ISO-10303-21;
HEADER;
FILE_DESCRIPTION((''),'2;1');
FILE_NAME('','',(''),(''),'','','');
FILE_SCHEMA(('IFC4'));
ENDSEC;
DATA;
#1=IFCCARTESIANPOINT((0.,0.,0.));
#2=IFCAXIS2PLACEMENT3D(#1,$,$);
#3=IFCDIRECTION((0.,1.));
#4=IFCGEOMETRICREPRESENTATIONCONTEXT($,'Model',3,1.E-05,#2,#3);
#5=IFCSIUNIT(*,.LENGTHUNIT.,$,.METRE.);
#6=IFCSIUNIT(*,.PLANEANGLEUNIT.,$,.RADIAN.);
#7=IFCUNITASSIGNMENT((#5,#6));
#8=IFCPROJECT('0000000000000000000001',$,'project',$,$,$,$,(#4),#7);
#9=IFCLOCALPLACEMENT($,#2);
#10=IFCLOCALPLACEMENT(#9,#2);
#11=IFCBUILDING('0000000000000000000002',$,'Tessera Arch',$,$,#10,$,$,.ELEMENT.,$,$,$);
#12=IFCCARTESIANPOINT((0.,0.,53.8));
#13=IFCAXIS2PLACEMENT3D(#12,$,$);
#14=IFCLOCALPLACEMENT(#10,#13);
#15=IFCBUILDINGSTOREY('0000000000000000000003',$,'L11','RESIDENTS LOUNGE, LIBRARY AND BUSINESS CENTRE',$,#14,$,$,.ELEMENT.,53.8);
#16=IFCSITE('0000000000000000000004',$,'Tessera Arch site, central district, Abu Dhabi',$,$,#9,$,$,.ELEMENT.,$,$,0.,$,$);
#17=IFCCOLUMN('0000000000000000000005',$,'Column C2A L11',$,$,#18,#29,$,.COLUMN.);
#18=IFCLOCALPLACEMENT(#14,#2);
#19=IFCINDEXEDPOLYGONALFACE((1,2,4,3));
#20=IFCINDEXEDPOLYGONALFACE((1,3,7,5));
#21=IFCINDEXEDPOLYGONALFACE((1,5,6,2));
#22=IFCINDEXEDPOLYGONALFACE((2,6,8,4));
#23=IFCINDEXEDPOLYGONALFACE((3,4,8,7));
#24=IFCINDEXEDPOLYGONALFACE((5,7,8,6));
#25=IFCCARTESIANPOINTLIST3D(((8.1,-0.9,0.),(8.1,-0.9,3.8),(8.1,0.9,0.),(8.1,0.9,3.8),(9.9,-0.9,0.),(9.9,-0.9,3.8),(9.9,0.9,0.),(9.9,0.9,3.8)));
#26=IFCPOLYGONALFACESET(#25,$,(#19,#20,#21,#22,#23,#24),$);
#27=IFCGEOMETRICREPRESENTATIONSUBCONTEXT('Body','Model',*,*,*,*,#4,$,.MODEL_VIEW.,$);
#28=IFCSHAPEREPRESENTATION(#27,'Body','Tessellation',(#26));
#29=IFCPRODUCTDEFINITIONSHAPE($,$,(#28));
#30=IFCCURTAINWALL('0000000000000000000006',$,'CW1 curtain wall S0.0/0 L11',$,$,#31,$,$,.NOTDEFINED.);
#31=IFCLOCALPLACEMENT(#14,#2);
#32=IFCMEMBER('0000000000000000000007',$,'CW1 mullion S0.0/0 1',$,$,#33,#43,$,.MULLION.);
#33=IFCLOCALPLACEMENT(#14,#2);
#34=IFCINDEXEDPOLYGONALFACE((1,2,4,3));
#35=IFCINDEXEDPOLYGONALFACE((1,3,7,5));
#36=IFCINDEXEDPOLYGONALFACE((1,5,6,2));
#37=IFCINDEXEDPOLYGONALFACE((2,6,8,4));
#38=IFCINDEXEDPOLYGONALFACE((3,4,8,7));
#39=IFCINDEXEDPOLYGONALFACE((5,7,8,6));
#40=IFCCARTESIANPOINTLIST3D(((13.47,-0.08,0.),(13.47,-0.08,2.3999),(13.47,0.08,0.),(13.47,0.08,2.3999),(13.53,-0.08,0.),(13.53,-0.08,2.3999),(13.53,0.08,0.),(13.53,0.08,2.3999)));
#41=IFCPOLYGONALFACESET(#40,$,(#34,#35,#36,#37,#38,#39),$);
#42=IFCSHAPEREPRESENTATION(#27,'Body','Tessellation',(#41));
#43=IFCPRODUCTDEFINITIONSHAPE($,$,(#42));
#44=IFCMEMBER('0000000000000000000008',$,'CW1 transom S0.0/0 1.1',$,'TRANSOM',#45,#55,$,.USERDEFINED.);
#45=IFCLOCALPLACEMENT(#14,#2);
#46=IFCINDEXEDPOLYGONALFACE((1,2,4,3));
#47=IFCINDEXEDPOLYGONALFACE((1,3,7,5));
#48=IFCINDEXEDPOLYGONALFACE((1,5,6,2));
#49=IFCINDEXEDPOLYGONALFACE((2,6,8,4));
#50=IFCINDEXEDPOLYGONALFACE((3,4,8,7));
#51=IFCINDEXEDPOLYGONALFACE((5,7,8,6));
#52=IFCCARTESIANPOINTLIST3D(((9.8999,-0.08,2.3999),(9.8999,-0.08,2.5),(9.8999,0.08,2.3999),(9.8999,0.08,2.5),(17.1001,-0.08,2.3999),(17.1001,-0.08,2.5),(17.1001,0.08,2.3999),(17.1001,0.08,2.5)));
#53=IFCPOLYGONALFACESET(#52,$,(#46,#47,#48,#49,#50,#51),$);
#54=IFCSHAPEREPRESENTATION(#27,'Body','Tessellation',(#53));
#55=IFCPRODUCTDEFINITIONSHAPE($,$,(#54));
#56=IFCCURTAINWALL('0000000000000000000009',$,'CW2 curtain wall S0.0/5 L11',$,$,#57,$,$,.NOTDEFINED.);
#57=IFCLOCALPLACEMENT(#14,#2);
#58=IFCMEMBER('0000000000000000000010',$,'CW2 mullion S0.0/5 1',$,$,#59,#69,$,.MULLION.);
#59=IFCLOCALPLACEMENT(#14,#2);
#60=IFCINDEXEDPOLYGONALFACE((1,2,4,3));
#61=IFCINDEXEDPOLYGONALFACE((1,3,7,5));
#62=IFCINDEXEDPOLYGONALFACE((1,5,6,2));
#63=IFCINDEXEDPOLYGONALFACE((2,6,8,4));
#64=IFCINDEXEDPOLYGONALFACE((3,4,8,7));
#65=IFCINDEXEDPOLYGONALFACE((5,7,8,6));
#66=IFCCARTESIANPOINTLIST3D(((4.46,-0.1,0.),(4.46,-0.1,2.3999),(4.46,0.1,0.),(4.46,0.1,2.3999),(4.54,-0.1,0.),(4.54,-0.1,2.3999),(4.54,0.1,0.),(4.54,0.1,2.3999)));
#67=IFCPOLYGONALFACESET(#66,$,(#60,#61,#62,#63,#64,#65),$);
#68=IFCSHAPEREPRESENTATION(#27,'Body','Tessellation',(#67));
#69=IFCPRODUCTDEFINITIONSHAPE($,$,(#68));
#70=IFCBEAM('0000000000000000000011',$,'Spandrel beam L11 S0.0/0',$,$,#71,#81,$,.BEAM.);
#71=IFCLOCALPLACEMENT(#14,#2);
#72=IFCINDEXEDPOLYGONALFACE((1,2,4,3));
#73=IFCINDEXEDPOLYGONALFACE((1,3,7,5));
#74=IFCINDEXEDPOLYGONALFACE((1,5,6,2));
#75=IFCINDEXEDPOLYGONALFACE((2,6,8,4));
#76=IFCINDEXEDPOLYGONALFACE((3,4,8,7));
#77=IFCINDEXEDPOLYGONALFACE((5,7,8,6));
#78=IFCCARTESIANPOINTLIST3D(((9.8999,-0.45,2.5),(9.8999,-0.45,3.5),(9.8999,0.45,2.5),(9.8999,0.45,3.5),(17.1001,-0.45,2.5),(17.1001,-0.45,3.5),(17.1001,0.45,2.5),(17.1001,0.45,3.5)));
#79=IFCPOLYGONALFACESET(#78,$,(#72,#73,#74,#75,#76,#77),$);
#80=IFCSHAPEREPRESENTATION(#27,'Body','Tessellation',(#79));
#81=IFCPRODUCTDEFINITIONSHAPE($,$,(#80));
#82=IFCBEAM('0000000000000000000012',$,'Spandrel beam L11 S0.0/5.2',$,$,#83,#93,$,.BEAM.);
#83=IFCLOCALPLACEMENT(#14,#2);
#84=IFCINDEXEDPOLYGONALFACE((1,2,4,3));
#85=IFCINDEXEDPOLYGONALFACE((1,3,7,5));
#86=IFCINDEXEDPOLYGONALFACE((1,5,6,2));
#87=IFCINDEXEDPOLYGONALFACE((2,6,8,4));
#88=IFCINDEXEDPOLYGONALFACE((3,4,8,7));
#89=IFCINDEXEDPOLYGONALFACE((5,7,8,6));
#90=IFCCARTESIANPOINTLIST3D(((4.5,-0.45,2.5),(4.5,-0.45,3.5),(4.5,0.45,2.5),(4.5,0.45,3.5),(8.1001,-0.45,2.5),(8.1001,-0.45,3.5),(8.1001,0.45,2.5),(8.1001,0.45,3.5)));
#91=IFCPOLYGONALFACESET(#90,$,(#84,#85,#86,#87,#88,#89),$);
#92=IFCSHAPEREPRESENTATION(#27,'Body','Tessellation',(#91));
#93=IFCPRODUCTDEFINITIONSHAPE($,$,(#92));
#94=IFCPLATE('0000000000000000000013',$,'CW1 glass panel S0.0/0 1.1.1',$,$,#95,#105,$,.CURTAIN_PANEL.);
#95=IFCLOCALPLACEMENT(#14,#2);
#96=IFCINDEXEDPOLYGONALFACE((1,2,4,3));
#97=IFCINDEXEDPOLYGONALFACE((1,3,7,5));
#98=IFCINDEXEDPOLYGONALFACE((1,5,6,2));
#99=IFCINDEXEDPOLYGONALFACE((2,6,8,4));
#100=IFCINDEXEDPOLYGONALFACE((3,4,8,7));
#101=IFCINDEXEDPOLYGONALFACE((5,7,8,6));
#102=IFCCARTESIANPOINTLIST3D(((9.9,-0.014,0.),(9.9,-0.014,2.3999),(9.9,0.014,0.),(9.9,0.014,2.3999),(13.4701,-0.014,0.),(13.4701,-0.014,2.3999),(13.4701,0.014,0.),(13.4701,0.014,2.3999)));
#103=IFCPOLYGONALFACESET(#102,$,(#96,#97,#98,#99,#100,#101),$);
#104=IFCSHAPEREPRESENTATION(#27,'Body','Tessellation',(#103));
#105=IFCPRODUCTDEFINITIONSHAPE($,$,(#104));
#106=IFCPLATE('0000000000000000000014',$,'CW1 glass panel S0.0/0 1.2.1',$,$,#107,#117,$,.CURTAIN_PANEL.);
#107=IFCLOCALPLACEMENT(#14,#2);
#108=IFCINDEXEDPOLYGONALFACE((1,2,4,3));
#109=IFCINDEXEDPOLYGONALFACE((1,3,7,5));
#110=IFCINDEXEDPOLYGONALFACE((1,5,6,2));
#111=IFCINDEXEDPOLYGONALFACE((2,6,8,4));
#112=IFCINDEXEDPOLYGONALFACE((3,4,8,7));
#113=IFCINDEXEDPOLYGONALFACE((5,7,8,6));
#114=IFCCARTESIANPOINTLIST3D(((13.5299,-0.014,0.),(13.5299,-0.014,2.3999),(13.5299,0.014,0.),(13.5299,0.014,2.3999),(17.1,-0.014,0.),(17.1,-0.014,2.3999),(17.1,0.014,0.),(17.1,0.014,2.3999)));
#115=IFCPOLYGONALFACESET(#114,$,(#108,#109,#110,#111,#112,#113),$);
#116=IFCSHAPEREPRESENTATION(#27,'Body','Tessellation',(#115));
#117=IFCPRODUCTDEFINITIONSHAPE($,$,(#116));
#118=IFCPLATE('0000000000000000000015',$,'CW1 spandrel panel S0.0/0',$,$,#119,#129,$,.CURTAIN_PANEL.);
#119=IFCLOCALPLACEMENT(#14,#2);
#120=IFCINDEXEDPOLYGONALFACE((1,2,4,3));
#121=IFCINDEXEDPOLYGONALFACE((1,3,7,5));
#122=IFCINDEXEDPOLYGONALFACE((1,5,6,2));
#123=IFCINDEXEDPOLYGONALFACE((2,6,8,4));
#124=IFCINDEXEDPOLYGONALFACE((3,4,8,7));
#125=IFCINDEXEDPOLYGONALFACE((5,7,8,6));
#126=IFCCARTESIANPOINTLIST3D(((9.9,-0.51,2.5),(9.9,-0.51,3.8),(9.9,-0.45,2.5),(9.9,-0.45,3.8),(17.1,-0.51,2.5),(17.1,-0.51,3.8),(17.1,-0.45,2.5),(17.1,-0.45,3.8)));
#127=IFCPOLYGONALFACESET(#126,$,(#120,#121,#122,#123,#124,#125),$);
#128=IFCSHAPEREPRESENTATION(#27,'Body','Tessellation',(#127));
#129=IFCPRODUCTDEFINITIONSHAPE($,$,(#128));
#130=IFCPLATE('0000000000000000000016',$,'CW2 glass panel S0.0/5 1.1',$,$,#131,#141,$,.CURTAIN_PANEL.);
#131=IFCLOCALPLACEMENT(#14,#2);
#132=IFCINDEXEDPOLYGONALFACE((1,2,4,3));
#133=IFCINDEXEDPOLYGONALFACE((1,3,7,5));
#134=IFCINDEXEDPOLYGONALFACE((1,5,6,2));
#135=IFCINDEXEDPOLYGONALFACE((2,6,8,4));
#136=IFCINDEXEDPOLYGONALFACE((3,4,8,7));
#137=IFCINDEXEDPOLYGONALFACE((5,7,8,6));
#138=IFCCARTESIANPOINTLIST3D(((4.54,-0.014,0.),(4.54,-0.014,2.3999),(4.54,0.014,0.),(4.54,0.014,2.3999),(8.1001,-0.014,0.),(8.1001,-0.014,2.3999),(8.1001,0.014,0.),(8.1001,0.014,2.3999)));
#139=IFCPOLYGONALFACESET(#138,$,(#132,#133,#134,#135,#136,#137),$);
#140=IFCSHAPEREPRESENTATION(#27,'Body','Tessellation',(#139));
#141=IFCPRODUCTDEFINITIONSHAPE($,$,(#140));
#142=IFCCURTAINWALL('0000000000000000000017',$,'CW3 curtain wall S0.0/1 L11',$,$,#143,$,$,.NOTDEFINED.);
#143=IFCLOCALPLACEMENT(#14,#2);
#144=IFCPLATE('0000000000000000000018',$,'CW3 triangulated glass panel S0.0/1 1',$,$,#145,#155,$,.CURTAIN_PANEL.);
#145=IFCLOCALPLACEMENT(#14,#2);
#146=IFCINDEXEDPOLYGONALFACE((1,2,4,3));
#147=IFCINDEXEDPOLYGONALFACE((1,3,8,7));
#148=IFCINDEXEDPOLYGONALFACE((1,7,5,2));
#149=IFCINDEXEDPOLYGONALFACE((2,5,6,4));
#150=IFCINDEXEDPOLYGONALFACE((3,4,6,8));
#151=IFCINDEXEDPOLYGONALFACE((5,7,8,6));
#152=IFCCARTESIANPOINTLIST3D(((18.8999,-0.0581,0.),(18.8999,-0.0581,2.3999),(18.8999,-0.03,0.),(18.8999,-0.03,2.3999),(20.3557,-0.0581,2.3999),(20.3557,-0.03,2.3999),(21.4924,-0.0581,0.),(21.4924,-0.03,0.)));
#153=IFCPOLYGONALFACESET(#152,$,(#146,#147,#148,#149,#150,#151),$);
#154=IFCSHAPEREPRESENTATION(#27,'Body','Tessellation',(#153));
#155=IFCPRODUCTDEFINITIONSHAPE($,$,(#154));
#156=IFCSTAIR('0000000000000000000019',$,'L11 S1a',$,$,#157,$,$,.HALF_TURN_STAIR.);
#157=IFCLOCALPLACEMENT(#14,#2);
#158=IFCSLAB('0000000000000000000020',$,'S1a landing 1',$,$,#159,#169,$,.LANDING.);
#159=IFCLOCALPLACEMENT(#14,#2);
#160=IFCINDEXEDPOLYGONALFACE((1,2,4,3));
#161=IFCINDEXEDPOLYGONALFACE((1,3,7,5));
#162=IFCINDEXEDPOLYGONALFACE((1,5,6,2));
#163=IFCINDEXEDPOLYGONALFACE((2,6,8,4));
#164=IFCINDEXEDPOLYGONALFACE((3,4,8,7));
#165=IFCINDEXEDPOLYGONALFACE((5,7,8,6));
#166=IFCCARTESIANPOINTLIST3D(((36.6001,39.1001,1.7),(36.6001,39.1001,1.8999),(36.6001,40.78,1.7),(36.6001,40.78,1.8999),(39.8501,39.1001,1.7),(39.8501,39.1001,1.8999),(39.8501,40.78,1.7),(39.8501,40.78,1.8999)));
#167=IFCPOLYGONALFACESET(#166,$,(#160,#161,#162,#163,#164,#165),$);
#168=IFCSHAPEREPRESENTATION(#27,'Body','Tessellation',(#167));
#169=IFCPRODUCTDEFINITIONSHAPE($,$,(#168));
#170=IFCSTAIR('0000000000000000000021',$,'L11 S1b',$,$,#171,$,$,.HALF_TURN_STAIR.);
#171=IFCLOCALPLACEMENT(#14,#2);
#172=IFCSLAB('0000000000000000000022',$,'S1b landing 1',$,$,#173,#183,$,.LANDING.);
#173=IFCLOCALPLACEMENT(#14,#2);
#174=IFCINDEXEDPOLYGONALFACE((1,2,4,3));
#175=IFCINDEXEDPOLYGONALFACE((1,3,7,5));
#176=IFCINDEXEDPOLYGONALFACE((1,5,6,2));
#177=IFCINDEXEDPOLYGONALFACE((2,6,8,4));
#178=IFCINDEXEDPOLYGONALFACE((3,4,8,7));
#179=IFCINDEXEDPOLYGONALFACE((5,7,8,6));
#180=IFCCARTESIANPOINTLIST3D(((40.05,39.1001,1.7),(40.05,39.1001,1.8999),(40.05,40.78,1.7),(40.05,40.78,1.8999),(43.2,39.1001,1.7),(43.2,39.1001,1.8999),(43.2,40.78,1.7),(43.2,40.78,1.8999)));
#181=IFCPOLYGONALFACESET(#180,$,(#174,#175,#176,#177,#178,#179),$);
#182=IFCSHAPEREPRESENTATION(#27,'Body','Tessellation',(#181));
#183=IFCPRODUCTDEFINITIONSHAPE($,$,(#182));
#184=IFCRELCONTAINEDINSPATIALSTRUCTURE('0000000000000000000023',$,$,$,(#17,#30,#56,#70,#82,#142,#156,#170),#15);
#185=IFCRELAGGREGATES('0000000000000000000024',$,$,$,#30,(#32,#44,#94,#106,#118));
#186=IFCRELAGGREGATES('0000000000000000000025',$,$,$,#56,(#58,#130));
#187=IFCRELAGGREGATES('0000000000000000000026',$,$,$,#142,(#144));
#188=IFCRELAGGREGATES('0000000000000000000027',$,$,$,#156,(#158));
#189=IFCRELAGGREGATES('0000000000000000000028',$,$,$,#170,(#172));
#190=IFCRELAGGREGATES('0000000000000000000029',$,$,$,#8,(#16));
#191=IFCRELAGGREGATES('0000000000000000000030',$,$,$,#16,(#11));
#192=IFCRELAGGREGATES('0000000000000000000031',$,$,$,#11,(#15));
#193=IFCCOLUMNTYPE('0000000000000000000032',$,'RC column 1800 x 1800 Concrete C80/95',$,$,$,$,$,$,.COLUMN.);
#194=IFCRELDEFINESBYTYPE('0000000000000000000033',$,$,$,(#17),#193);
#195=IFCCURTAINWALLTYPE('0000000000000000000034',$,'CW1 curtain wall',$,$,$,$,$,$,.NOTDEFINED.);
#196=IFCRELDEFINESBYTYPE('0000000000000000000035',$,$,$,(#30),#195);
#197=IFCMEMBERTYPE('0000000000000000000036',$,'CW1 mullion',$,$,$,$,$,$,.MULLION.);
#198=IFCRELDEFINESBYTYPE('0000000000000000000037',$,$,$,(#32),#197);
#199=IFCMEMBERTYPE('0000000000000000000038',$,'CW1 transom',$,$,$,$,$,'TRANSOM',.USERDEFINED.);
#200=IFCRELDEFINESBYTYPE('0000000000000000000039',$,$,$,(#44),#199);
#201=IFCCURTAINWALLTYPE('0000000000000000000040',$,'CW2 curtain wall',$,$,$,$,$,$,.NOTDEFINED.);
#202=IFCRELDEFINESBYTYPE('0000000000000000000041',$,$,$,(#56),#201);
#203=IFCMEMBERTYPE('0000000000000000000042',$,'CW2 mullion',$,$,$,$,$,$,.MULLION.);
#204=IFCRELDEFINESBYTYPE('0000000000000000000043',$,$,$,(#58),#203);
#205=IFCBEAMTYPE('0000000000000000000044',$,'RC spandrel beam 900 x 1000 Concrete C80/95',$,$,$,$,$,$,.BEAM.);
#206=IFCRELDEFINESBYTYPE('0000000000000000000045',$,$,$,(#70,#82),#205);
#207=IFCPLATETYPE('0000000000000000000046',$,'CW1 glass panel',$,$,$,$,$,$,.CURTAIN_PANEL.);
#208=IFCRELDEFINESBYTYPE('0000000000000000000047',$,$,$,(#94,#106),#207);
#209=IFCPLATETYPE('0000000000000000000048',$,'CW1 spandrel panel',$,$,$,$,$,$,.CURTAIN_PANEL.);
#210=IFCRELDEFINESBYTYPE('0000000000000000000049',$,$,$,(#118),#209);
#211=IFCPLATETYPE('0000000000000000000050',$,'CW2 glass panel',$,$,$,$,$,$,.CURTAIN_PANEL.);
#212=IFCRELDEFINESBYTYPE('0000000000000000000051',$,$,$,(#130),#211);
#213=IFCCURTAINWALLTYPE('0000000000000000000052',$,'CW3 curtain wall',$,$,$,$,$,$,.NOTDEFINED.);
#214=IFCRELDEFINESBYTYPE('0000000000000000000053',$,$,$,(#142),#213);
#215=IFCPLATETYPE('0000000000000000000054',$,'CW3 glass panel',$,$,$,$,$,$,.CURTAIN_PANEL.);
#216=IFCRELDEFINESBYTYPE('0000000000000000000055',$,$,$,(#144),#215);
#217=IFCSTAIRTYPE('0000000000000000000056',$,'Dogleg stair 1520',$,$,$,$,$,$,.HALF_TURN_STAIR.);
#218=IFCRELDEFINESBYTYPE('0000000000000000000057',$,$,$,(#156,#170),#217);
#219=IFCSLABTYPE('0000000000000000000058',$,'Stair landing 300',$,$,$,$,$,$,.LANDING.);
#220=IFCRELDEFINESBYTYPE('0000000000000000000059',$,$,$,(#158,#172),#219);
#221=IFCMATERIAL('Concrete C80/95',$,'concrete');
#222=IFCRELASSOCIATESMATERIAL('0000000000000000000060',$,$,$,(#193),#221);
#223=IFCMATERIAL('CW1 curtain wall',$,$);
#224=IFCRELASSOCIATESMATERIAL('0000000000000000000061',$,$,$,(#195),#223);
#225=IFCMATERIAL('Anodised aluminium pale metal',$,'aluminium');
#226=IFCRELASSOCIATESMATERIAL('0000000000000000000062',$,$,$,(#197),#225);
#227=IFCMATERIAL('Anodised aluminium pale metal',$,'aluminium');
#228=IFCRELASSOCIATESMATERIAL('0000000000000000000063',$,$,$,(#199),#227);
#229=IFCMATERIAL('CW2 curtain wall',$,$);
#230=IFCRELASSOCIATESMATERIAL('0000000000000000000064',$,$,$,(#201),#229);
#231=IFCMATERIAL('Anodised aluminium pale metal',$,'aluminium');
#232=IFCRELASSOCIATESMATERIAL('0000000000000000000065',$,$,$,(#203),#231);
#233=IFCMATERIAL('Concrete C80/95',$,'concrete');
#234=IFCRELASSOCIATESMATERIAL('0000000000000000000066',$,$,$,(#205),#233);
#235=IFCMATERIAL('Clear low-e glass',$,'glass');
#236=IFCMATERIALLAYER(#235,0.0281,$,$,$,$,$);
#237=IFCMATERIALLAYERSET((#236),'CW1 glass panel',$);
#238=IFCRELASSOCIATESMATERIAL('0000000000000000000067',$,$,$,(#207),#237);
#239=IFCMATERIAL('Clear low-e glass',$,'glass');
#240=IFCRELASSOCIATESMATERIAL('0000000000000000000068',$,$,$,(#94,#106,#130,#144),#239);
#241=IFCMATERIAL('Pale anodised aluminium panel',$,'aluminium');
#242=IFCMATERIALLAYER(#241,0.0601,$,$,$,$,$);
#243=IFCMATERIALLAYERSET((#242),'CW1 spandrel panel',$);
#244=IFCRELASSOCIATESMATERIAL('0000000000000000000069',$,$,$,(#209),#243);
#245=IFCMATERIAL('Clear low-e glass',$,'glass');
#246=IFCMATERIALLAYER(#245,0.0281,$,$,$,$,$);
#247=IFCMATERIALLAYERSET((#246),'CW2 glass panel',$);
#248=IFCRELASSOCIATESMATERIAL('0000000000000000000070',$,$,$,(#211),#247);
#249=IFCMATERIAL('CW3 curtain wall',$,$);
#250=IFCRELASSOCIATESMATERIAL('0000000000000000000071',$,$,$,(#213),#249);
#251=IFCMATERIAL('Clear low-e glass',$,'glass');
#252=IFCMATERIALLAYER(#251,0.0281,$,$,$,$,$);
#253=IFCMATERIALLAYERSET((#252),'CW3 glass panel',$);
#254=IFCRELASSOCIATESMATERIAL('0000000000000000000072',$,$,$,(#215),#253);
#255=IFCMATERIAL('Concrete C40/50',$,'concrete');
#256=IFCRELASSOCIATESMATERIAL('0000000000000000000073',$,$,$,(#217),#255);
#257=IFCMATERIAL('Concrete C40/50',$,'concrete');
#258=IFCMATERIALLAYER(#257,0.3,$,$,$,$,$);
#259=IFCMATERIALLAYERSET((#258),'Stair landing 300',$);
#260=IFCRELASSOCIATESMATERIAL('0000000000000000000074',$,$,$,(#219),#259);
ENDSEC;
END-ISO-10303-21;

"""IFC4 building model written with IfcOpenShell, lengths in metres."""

from ifc_helpers import new_model, si_unit, direction, frame, origin, origin_2d, place, context, subcontext, project, spatial, polyline, rectangle, outline, extrude, material, layer, layer_set, material_profile, profile_set, type_object, element, aggregate, save


model = new_model("IFC4")

# Units and contexts
model_context = context("Model", 3, precision=1e-05, world=origin(), true_north=direction((0.0, 1.0)))
body_context = subcontext(model_context, "Body", "Model", "MODEL_VIEW")
ifc_project = project(units=[si_unit("LENGTHUNIT", "METRE"), si_unit("PLANEANGLEUNIT", "RADIAN")], contexts=[model_context])

# Site, building, storey
site_placement = place(None, origin())
site = spatial("IfcSite", under=ifc_project, at=site_placement, Name="Tessera Arch site, central district, Abu Dhabi", CompositionType="ELEMENT", RefElevation=0.0)
building_placement = place(site_placement, origin())
building = spatial("IfcBuilding", under=site, at=building_placement, Name="Tessera Arch", CompositionType="ELEMENT")
storey_placement = place(building_placement, frame((0.0, 0.0, 53.8)))
storey = spatial("IfcBuildingStorey", under=building, at=storey_placement, Name="L11", Description="RESIDENTS LOUNGE, LIBRARY AND BUSINESS CENTRE", CompositionType="ELEMENT", Elevation=53.8)

# Column
ifc_material_1 = material(Name="Concrete C80/95", Category="concrete")
ifc_material_profile_1 = material_profile(ifc_material_1, rectangle(XDim=1.8, YDim=1.8, at=origin_2d()), Name="RC column 1800 x 1800 Concrete C80/95")
ifc_profile_set_1 = profile_set([ifc_material_profile_1], Name="Concrete C80/95")
column_type = type_object("IfcColumnType", Name="RC column 1800 x 1800 Concrete C80/95", PredefinedType="COLUMN", material=ifc_profile_set_1)
column_placement = place(storey_placement, frame((9.0, 0.0, 0.0), z_axis=(0.0, 0.0, 1.0), x_axis=(1.0, 0.0, 0.0)))
element("IfcColumn", 1, at=column_placement, inside=storey, type_object=column_type, Name="Column C2A L11", PredefinedType="COLUMN", context=body_context, shape_type="SweptSolid", body=[
    extrude(rectangle(XDim=1.8, YDim=1.8, at=origin_2d()), origin(), (0.0, 0.0, 1.0), 3.8),
])

# Curtain wall, members
ifc_material_2 = material(Name="CW1 curtain wall")
curtain_wall_type_1 = type_object("IfcCurtainWallType", Name="CW1 curtain wall", PredefinedType="NOTDEFINED", material=ifc_material_2)
curtain_wall_1_placement = place(storey_placement, origin())
curtain_wall_1 = element("IfcCurtainWall", 2, at=curtain_wall_1_placement, inside=storey, type_object=curtain_wall_type_1, Name="CW1 curtain wall S0.0/0 L11", PredefinedType="NOTDEFINED")
ifc_material_3 = material(Name="Anodised aluminium pale metal", Category="aluminium")
ifc_material_profile_2 = material_profile(ifc_material_3, rectangle(XDim=0.1599, YDim=0.0601, at=origin_2d()), Name="AL 60x160")
ifc_profile_set_2 = profile_set([ifc_material_profile_2], Name="Anodised aluminium pale metal")
member_type_1 = type_object("IfcMemberType", Name="CW1 mullion", PredefinedType="MULLION", material=ifc_profile_set_2)
member_1_placement = place(storey_placement, frame((13.5, 0.0, 0.0), z_axis=(0.0, 0.0, 1.0), x_axis=(0.0, 1.0, 0.0)))
member_1 = element("IfcMember", 3, at=member_1_placement, type_object=member_type_1, Name="CW1 mullion S0.0/0 1", PredefinedType="MULLION", context=body_context, shape_type="SweptSolid", body=[
    extrude(rectangle(XDim=0.1599, YDim=0.0601, at=origin_2d()), origin(), (0.0, 0.0, 1.0), 2.3999),
])
ifc_material_4 = material(Name="Anodised aluminium pale metal", Category="aluminium")
ifc_material_profile_3 = material_profile(ifc_material_4, rectangle(XDim=0.1599, YDim=0.1001, at=origin_2d()), Name="AL 160x100")
ifc_profile_set_3 = profile_set([ifc_material_profile_3], Name="Anodised aluminium pale metal")
member_type_2 = type_object("IfcMemberType", Name="CW1 transom", ElementType="TRANSOM", PredefinedType="USERDEFINED", material=ifc_profile_set_3)
member_2_placement = place(storey_placement, frame((9.8999, 0.0, 2.45), z_axis=(1.0, 0.0, 0.0), x_axis=(0.0, 1.0, 0.0)))
member_2 = element("IfcMember", 4, at=member_2_placement, type_object=member_type_2, Name="CW1 transom S0.0/0 1.1", ObjectType="TRANSOM", PredefinedType="USERDEFINED", context=body_context, shape_type="SweptSolid", body=[
    extrude(rectangle(XDim=0.1599, YDim=0.1001, at=origin_2d()), origin(), (0.0, 0.0, 1.0), 7.2002),
])

# Curtain wall, member
ifc_material_5 = material(Name="CW2 curtain wall")
curtain_wall_type_2 = type_object("IfcCurtainWallType", Name="CW2 curtain wall", PredefinedType="NOTDEFINED", material=ifc_material_5)
curtain_wall_2_placement = place(storey_placement, origin())
curtain_wall_2 = element("IfcCurtainWall", 5, at=curtain_wall_2_placement, inside=storey, type_object=curtain_wall_type_2, Name="CW2 curtain wall S0.0/5 L11", PredefinedType="NOTDEFINED")
ifc_material_6 = material(Name="Anodised aluminium pale metal", Category="aluminium")
ifc_material_profile_4 = material_profile(ifc_material_6, rectangle(XDim=0.2, YDim=0.0801, at=origin_2d()), Name="AL 80x200")
ifc_profile_set_4 = profile_set([ifc_material_profile_4], Name="Anodised aluminium pale metal")
member_type_3 = type_object("IfcMemberType", Name="CW2 mullion", PredefinedType="MULLION", material=ifc_profile_set_4)
member_3_placement = place(storey_placement, frame((4.5, 0.0, 0.0), z_axis=(0.0, 0.0, 1.0), x_axis=(0.0, 1.0, 0.0)))
member_3 = element("IfcMember", 6, at=member_3_placement, type_object=member_type_3, Name="CW2 mullion S0.0/5 1", PredefinedType="MULLION", context=body_context, shape_type="SweptSolid", body=[
    extrude(rectangle(XDim=0.2, YDim=0.0801, at=origin_2d()), origin(), (0.0, 0.0, 1.0), 2.3999),
])

# Beams
ifc_material_7 = material(Name="Concrete C80/95", Category="concrete")
ifc_material_profile_5 = material_profile(ifc_material_7, rectangle(XDim=0.8999, YDim=1.0, at=origin_2d()), Name="RC spandrel beam 900 x 1000 Concrete C80/95")
ifc_profile_set_5 = profile_set([ifc_material_profile_5], Name="Concrete C80/95")
beam_type = type_object("IfcBeamType", Name="RC spandrel beam 900 x 1000 Concrete C80/95", PredefinedType="BEAM", material=ifc_profile_set_5)
beam_1_placement = place(storey_placement, frame((9.8999, 0.0, 3.0), z_axis=(1.0, 0.0, 0.0), x_axis=(0.0, 1.0, 0.0)))
element("IfcBeam", 7, at=beam_1_placement, inside=storey, type_object=beam_type, Name="Spandrel beam L11 S0.0/0", PredefinedType="BEAM", context=body_context, shape_type="SweptSolid", body=[
    extrude(rectangle(XDim=0.8999, YDim=1.0, at=origin_2d()), origin(), (0.0, 0.0, 1.0), 7.2002),
])
beam_2_placement = place(storey_placement, frame((4.5, 0.0, 3.0), z_axis=(1.0, 0.0, 0.0), x_axis=(0.0, 1.0, 0.0)))
element("IfcBeam", 8, at=beam_2_placement, inside=storey, type_object=beam_type, Name="Spandrel beam L11 S0.0/5.2", PredefinedType="BEAM", context=body_context, shape_type="SweptSolid", body=[
    extrude(rectangle(XDim=0.8999, YDim=1.0, at=origin_2d()), origin(), (0.0, 0.0, 1.0), 3.6001),
])

# Plates
ifc_material_8 = material(Name="Clear low-e glass", Category="glass")
ifc_material_9 = material(Name="Clear low-e glass", Category="glass")
ifc_layer_1 = layer(ifc_material_9, 0.0281)
ifc_layer_set_1 = layer_set([ifc_layer_1], Name="CW1 glass panel")
plate_type_1 = type_object("IfcPlateType", Name="CW1 glass panel", PredefinedType="CURTAIN_PANEL", material=ifc_layer_set_1)
plate_1_placement = place(storey_placement, frame((11.6851, 0.0, 0.0), z_axis=(0.0, 0.0, 1.0), x_axis=(1.0, 0.0, 0.0)))
plate_1 = element("IfcPlate", 9, at=plate_1_placement, type_object=plate_type_1, material=ifc_material_8, Name="CW1 glass panel S0.0/0 1.1.1", PredefinedType="CURTAIN_PANEL", context=body_context, shape_type="SweptSolid", body=[
    extrude(rectangle(XDim=3.5701, YDim=0.0281, at=origin_2d()), origin(), (0.0, 0.0, 1.0), 2.3999),
])
plate_2_placement = place(storey_placement, frame((15.3149, 0.0, 0.0), z_axis=(0.0, 0.0, 1.0), x_axis=(1.0, 0.0, 0.0)))
plate_2 = element("IfcPlate", 10, at=plate_2_placement, type_object=plate_type_1, material=ifc_material_8, Name="CW1 glass panel S0.0/0 1.2.1", PredefinedType="CURTAIN_PANEL", context=body_context, shape_type="SweptSolid", body=[
    extrude(rectangle(XDim=3.5701, YDim=0.0281, at=origin_2d()), origin(), (0.0, 0.0, 1.0), 2.3999),
])
ifc_material_10 = material(Name="Pale anodised aluminium panel", Category="aluminium")
ifc_layer_2 = layer(ifc_material_10, 0.0601)
ifc_layer_set_2 = layer_set([ifc_layer_2], Name="CW1 spandrel panel")
plate_type_2 = type_object("IfcPlateType", Name="CW1 spandrel panel", PredefinedType="CURTAIN_PANEL", material=ifc_layer_set_2)
plate_3_placement = place(storey_placement, frame((13.5, -0.48, 2.5), z_axis=(0.0, 0.0, 1.0), x_axis=(1.0, 0.0, 0.0)))
plate_3 = element("IfcPlate", 11, at=plate_3_placement, type_object=plate_type_2, Name="CW1 spandrel panel S0.0/0", PredefinedType="CURTAIN_PANEL", context=body_context, shape_type="SweptSolid", body=[
    extrude(rectangle(XDim=7.2, YDim=0.0601, at=origin_2d()), origin(), (0.0, 0.0, 1.0), 1.3),
])
aggregate(curtain_wall_1, [member_1, member_2, plate_1, plate_2, plate_3])
ifc_material_11 = material(Name="Clear low-e glass", Category="glass")
ifc_layer_3 = layer(ifc_material_11, 0.0281)
ifc_layer_set_3 = layer_set([ifc_layer_3], Name="CW2 glass panel")
plate_type_3 = type_object("IfcPlateType", Name="CW2 glass panel", PredefinedType="CURTAIN_PANEL", material=ifc_layer_set_3)
plate_4_placement = place(storey_placement, frame((6.3201, 0.0, 0.0), z_axis=(0.0, 0.0, 1.0), x_axis=(1.0, 0.0, 0.0)))
plate_4 = element("IfcPlate", 12, at=plate_4_placement, type_object=plate_type_3, material=ifc_material_8, Name="CW2 glass panel S0.0/5 1.1", PredefinedType="CURTAIN_PANEL", context=body_context, shape_type="SweptSolid", body=[
    extrude(rectangle(XDim=3.5601, YDim=0.0281, at=origin_2d()), origin(), (0.0, 0.0, 1.0), 2.3999),
])
aggregate(curtain_wall_2, [member_3, plate_4])

# Curtain wall, plate
ifc_material_12 = material(Name="CW3 curtain wall")
curtain_wall_type_3 = type_object("IfcCurtainWallType", Name="CW3 curtain wall", PredefinedType="NOTDEFINED", material=ifc_material_12)
curtain_wall_3_placement = place(storey_placement, origin())
curtain_wall_3 = element("IfcCurtainWall", 13, at=curtain_wall_3_placement, inside=storey, type_object=curtain_wall_type_3, Name="CW3 curtain wall S0.0/1 L11", PredefinedType="NOTDEFINED")
ifc_material_13 = material(Name="Clear low-e glass", Category="glass")
ifc_layer_4 = layer(ifc_material_13, 0.0281)
ifc_layer_set_4 = layer_set([ifc_layer_4], Name="CW3 glass panel")
plate_type_4 = type_object("IfcPlateType", Name="CW3 glass panel", PredefinedType="CURTAIN_PANEL", material=ifc_layer_set_4)
plate_5_placement = place(storey_placement, frame((18.8999, -0.0581, 0.0), z_axis=(0.0, -1.0, 0.0), x_axis=(1.0, 0.0, 0.0)))
plate_5 = element("IfcPlate", 14, at=plate_5_placement, type_object=plate_type_4, material=ifc_material_8, Name="CW3 triangulated glass panel S0.0/1 1", PredefinedType="CURTAIN_PANEL", context=body_context, shape_type="SweptSolid", body=[
    extrude(outline(polyline([(0.0, 0.0), (2.5925, 0.0), (1.4558, 2.3999), (0.0, 2.3999), (0.0, 0.0)])), origin(), (0.0, 0.0, -1.0), 0.0281),
])
aggregate(curtain_wall_3, [plate_5])

# Stairs, slabs
ifc_material_14 = material(Name="Concrete C40/50", Category="concrete")
stair_type_1 = type_object("IfcStairType", Name="Dogleg stair 1520", PredefinedType="HALF_TURN_STAIR", material=ifc_material_14)
stair_1_placement = place(storey_placement, origin())
stair_1 = element("IfcStair", 15, at=stair_1_placement, inside=storey, type_object=stair_type_1, Name="L11 S1a", PredefinedType="HALF_TURN_STAIR")
ifc_material_15 = material(Name="Concrete C40/50", Category="concrete")
ifc_layer_5 = layer(ifc_material_15, 0.3)
ifc_layer_set_5 = layer_set([ifc_layer_5], Name="Stair landing 300")
slab_type = type_object("IfcSlabType", Name="Stair landing 300", PredefinedType="LANDING", material=ifc_layer_set_5)
slab_1_placement = place(storey_placement, frame((0.0, 0.0, 1.7)))
slab_1 = element("IfcSlab", 16, at=slab_1_placement, type_object=slab_type, Name="S1a landing 1", PredefinedType="LANDING", context=body_context, shape_type="SweptSolid", body=[
    extrude(outline(polyline([(36.6001, 40.78), (36.6001, 39.1001), (39.8501, 39.1001), (39.8501, 40.78), (36.6001, 40.78)])), origin(), (0.0, 0.0, 1.0), 0.2),
])
aggregate(stair_1, [slab_1])
stair_2_placement = place(storey_placement, origin())
stair_2 = element("IfcStair", 17, at=stair_2_placement, inside=storey, type_object=stair_type_1, Name="L11 S1b", PredefinedType="HALF_TURN_STAIR")
slab_2_placement = place(storey_placement, frame((0.0, 0.0, 1.7)))
slab_2 = element("IfcSlab", 18, at=slab_2_placement, type_object=slab_type, Name="S1b landing 1", PredefinedType="LANDING", context=body_context, shape_type="SweptSolid", body=[
    extrude(outline(polyline([(40.05, 40.78), (40.05, 39.1001), (43.2, 39.1001), (43.2, 40.78), (40.05, 40.78)])), origin(), (0.0, 0.0, 1.0), 0.2),
])
aggregate(stair_2, [slab_2])

save(model, "model.ifc")
